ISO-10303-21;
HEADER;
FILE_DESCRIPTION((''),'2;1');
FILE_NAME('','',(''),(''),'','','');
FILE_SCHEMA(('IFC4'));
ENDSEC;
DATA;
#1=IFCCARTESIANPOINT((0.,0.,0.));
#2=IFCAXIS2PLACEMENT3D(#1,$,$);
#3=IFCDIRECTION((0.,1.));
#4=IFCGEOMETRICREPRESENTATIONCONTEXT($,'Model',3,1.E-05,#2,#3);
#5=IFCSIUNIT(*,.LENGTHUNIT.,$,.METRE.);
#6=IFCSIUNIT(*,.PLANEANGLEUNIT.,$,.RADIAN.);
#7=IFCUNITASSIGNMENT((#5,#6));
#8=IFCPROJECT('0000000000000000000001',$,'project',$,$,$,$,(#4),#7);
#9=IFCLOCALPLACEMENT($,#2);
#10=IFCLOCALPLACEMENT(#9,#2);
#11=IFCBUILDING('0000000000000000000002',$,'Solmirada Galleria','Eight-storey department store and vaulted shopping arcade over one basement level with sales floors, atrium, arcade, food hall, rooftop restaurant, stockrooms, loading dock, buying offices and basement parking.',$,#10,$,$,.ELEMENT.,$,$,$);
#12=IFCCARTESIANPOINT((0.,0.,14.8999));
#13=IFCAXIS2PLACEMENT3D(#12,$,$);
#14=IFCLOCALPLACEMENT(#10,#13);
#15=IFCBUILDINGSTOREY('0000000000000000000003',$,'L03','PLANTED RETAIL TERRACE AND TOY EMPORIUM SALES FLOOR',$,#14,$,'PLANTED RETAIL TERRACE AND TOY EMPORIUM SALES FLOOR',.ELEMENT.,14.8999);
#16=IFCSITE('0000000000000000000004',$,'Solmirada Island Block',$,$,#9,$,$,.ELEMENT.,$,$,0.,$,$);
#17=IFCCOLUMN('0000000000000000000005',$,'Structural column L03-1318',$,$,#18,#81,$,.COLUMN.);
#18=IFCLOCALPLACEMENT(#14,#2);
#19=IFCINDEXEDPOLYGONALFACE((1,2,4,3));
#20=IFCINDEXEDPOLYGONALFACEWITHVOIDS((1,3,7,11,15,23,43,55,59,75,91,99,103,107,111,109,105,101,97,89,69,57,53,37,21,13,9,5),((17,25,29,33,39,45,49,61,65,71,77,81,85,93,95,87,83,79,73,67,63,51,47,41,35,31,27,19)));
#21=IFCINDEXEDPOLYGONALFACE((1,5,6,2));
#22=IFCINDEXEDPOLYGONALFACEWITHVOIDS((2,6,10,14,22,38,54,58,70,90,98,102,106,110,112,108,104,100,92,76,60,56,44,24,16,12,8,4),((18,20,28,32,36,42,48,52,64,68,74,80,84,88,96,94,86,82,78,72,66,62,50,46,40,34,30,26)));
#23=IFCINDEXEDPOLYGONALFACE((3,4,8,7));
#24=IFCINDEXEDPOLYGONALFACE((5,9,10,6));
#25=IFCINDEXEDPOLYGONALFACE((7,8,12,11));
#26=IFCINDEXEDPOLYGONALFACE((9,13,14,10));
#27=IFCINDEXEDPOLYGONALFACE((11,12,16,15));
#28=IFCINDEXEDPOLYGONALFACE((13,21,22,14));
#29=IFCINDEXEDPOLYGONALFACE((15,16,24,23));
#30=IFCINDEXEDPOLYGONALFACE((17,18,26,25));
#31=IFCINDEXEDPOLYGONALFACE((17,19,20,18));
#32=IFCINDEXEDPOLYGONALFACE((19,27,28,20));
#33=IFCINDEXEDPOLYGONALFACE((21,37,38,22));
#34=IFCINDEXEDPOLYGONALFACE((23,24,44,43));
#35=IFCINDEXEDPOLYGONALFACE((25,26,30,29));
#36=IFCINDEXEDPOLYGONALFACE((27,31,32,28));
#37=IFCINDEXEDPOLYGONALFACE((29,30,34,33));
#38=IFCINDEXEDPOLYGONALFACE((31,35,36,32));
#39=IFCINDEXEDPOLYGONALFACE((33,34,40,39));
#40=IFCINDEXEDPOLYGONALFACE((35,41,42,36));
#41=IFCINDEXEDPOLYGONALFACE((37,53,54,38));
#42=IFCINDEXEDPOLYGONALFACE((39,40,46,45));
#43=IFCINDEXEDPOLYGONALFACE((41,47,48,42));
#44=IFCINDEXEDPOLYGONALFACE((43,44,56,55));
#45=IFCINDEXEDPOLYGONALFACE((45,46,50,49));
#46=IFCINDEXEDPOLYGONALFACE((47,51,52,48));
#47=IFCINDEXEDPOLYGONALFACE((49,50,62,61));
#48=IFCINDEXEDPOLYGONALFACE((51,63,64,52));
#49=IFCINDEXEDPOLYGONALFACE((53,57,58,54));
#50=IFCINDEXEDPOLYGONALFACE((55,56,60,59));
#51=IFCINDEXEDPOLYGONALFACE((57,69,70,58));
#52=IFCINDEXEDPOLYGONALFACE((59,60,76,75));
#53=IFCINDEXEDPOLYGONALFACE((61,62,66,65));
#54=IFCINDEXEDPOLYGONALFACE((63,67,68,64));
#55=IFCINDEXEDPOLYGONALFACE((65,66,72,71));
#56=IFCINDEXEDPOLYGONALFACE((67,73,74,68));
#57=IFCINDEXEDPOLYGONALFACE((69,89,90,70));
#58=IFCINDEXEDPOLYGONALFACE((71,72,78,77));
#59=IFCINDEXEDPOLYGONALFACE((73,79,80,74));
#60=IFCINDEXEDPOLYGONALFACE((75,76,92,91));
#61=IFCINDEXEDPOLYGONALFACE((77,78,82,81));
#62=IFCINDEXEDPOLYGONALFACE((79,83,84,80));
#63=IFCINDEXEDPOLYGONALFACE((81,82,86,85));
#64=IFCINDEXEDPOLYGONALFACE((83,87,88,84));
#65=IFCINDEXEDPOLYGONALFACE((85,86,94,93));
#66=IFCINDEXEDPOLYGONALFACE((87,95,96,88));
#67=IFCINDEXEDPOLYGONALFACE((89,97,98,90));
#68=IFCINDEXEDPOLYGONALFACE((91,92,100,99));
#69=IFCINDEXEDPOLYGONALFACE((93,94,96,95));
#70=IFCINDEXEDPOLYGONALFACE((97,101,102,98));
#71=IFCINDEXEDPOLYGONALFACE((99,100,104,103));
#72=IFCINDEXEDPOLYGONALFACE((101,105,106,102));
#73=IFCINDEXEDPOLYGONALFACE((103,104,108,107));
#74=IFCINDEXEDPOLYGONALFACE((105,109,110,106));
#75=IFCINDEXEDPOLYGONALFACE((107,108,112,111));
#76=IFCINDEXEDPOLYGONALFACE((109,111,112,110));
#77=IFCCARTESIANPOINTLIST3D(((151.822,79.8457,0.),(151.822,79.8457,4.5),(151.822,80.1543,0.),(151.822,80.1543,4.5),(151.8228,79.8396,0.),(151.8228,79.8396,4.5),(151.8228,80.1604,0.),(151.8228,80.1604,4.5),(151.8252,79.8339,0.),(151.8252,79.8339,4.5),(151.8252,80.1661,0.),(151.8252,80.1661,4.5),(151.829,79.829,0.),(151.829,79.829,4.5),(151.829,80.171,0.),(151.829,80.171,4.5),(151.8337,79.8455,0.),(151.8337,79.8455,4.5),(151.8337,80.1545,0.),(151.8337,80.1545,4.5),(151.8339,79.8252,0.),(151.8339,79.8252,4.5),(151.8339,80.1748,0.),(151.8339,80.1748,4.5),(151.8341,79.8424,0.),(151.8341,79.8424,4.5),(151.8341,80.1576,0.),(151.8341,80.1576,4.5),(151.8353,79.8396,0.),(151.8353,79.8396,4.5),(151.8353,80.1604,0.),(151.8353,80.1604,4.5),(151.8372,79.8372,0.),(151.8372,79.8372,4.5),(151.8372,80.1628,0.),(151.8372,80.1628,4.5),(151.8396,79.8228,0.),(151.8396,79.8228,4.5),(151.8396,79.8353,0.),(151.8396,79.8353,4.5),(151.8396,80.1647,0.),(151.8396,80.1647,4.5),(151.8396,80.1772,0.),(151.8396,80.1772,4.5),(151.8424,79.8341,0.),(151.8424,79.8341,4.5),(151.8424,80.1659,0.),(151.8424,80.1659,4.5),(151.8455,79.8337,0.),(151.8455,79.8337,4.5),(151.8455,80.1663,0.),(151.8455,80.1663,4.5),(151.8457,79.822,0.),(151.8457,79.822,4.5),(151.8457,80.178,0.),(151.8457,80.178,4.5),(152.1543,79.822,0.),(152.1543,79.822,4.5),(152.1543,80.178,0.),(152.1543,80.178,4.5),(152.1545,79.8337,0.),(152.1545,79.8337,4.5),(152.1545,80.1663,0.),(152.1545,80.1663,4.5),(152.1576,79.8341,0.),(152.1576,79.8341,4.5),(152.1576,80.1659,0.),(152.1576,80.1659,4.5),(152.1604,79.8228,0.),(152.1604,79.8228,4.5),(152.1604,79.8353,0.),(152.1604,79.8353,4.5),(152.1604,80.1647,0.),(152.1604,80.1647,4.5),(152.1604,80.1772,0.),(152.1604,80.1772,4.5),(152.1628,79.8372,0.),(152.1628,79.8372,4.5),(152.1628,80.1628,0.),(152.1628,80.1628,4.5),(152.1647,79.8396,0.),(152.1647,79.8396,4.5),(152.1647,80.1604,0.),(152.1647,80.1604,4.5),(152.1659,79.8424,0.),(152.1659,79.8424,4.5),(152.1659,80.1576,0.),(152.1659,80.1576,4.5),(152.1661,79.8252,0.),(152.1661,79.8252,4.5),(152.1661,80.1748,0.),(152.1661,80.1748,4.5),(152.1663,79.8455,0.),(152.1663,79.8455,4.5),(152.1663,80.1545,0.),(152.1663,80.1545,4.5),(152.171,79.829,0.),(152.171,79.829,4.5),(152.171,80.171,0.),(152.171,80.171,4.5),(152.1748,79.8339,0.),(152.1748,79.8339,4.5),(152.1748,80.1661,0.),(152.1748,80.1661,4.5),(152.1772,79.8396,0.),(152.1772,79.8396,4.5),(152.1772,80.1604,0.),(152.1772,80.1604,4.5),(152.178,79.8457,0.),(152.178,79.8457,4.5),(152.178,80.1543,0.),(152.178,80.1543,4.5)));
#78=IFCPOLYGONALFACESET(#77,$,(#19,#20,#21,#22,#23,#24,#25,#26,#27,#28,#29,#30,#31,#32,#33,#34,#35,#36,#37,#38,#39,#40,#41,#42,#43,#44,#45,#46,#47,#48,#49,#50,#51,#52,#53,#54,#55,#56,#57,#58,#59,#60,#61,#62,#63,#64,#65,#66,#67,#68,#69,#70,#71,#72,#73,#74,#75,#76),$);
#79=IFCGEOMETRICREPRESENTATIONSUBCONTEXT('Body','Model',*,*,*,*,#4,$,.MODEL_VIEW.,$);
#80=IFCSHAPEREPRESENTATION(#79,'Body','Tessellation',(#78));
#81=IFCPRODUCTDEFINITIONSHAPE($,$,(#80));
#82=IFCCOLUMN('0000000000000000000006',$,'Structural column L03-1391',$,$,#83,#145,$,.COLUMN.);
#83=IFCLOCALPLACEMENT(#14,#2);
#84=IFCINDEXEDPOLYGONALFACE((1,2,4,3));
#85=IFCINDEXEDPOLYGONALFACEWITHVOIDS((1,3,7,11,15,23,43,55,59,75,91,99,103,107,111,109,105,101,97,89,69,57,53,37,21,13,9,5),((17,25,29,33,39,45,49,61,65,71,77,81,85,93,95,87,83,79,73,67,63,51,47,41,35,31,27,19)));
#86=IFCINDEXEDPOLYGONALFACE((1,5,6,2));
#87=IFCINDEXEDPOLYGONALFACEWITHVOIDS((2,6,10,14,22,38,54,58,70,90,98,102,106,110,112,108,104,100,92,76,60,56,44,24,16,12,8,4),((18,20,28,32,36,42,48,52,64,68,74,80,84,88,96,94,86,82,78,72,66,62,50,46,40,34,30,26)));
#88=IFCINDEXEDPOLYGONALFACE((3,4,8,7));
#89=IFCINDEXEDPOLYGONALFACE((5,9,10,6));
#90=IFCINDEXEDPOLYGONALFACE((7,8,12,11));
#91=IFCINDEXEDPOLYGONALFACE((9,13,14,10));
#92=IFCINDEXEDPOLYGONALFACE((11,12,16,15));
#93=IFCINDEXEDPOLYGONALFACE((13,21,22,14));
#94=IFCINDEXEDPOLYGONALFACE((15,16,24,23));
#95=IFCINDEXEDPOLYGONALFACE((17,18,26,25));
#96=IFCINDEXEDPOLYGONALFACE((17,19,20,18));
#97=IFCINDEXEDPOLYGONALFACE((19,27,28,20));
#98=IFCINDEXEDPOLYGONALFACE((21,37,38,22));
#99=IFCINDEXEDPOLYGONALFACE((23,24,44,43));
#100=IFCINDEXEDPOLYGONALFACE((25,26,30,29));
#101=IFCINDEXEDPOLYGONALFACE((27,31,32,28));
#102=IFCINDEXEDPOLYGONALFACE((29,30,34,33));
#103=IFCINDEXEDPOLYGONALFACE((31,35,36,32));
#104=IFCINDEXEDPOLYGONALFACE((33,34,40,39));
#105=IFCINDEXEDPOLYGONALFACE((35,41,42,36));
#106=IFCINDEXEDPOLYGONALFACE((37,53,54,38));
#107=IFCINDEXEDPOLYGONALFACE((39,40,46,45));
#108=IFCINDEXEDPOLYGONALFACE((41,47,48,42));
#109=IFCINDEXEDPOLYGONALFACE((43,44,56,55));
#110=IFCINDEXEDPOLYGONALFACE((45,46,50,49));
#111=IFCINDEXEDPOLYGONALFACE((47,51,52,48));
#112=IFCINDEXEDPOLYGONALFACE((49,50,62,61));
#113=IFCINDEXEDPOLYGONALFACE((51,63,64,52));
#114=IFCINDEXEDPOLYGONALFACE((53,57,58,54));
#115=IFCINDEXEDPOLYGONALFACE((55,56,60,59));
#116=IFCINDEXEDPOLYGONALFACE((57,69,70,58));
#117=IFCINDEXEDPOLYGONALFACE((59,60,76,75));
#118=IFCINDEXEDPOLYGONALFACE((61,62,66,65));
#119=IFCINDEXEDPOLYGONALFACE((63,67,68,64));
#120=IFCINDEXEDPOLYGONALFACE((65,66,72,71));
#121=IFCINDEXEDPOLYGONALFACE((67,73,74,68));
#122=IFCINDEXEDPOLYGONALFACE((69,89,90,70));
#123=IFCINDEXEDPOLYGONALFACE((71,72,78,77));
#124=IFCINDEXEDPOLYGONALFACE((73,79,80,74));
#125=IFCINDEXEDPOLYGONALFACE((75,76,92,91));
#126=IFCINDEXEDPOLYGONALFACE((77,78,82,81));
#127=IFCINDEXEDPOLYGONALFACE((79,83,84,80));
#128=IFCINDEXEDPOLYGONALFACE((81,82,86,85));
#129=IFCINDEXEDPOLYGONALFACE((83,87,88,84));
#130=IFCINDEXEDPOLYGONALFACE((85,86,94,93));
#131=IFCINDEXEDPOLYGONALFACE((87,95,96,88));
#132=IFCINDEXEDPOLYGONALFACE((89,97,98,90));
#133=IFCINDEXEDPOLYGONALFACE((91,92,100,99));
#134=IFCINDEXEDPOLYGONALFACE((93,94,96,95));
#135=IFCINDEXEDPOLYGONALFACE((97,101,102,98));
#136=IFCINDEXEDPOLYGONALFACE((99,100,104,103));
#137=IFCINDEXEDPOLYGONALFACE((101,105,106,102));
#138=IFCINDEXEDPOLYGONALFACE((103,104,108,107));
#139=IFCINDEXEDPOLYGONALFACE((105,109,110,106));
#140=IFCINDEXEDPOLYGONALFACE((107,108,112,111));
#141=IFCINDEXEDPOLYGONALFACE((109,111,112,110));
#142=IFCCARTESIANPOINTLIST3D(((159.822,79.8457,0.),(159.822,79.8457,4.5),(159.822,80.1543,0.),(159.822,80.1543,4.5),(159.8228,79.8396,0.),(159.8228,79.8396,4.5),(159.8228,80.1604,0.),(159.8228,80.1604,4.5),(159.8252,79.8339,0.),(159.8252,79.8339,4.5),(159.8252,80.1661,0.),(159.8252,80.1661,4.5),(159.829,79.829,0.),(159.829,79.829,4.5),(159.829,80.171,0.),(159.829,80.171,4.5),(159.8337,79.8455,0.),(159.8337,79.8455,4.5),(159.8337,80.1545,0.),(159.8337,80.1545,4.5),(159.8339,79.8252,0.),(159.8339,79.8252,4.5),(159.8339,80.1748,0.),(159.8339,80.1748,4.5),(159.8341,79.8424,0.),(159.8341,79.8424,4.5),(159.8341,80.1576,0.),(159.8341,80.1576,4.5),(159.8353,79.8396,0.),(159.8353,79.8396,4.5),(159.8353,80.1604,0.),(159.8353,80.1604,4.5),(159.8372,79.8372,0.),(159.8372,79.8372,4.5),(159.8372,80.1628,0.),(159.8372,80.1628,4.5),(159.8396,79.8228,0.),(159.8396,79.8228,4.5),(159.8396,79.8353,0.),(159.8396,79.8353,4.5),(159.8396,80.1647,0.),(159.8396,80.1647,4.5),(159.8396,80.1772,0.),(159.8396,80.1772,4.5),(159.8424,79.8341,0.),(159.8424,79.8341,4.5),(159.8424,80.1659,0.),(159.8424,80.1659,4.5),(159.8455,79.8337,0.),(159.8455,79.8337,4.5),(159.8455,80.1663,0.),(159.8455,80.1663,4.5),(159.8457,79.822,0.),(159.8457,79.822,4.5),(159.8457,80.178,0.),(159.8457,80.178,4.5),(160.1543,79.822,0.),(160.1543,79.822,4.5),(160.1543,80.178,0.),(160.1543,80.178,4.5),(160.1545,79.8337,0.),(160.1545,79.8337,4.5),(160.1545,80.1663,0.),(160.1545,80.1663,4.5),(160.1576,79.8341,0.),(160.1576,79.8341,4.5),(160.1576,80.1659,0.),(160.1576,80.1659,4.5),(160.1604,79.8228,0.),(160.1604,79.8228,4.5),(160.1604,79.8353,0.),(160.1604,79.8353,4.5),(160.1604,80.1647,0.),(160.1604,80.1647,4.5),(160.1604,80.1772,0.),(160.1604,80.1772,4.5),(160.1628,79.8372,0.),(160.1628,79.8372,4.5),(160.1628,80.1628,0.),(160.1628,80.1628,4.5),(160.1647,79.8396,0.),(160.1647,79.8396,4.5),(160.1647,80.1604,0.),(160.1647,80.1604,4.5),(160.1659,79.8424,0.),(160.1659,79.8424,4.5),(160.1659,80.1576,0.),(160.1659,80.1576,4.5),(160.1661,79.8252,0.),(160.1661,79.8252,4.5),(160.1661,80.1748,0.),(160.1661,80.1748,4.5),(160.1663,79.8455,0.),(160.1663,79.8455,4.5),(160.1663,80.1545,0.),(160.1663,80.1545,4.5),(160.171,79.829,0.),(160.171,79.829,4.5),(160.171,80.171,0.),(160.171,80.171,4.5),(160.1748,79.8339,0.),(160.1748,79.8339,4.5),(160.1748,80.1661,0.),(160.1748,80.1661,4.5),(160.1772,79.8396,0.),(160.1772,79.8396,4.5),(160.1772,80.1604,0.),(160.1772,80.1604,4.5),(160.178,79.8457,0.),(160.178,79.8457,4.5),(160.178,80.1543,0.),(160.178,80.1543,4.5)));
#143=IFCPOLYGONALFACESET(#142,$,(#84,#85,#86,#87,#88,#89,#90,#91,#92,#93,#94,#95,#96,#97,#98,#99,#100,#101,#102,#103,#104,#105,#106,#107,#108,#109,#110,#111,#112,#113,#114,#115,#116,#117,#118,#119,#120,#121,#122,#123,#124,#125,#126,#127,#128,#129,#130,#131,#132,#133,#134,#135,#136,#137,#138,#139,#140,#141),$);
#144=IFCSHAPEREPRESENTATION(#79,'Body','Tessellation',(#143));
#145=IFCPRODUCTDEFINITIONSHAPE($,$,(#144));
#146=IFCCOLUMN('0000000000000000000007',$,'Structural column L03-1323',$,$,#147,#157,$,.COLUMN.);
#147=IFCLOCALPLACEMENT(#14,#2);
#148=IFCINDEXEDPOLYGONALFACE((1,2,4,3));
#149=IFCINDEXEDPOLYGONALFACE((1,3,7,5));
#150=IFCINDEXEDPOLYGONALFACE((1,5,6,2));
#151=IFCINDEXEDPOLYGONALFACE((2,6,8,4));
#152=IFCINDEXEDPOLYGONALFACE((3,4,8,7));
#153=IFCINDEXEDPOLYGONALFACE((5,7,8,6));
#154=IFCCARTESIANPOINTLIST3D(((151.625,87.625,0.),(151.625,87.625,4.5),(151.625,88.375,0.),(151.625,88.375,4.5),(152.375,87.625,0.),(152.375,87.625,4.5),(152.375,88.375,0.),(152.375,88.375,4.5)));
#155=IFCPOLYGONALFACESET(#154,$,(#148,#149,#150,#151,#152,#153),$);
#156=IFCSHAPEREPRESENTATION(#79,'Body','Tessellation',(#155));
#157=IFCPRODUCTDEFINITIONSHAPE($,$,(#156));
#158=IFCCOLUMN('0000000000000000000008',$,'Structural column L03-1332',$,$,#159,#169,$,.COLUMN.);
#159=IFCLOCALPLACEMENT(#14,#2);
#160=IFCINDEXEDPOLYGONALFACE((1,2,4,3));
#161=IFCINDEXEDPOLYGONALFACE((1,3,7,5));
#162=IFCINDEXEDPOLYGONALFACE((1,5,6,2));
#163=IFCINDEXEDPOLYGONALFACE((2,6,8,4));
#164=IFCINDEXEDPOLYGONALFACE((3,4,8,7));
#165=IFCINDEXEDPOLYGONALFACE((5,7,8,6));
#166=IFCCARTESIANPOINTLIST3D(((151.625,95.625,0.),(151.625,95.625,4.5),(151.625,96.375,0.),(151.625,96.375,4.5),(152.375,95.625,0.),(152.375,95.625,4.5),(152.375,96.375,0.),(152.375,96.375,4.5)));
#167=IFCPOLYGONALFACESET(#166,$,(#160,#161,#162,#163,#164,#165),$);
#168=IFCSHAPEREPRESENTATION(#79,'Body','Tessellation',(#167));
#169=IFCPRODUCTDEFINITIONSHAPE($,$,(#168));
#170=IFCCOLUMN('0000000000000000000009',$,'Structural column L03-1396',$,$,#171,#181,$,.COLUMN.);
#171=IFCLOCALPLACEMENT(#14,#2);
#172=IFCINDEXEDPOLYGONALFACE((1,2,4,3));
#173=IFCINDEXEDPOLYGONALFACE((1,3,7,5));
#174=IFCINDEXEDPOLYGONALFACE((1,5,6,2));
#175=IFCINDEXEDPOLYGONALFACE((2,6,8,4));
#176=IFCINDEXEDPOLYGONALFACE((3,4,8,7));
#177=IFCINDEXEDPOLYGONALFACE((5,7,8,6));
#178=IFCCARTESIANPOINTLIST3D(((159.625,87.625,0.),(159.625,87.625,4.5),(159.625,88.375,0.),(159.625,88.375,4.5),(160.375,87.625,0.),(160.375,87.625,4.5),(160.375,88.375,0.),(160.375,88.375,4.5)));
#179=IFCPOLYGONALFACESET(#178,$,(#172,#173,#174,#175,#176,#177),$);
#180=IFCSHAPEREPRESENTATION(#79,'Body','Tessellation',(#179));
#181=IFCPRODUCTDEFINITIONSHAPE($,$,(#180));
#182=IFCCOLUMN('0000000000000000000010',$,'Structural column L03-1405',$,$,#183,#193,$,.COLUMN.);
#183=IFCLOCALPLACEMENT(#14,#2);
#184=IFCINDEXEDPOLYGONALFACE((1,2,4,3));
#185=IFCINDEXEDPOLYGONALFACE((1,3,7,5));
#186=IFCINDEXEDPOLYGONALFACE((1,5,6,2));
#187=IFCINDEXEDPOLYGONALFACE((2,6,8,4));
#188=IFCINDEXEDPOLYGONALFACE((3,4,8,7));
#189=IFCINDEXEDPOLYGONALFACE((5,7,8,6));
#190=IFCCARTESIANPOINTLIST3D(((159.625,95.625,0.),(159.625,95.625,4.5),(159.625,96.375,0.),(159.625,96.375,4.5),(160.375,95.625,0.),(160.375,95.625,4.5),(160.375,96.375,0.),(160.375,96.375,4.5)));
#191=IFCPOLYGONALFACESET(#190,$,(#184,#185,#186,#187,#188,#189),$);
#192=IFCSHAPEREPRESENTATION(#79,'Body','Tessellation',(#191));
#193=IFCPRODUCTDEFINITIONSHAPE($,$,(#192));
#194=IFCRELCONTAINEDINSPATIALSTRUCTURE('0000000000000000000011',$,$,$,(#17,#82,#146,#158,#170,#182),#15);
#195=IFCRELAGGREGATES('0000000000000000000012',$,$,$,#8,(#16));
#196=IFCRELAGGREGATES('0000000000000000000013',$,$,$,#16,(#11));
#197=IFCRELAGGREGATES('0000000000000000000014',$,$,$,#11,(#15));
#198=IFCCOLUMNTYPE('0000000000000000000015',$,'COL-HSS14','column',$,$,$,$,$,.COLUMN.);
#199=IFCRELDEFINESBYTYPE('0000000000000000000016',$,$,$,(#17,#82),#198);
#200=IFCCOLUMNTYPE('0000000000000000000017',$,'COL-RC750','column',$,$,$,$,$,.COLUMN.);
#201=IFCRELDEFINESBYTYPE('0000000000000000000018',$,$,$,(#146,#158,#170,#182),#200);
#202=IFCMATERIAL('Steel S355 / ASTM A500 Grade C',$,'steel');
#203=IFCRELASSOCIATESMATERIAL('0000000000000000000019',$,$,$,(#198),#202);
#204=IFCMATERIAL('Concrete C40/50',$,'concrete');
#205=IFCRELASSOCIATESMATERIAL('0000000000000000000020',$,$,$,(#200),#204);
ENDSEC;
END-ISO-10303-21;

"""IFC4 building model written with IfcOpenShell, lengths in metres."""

from ifc_helpers import new_model, si_unit, direction, frame, origin, origin_2d, place, context, subcontext, project, spatial, rectangle, hollow_rectangle, extrude, material, material_profile, profile_set, type_object, element, save


model = new_model("IFC4")

# Units and contexts
model_context = context("Model", 3, precision=1e-05, world=origin(), true_north=direction((0.0, 1.0)))
body_context = subcontext(model_context, "Body", "Model", "MODEL_VIEW")
ifc_project = project(units=[si_unit("LENGTHUNIT", "METRE"), si_unit("PLANEANGLEUNIT", "RADIAN")], contexts=[model_context])

# Site, building, storey
site_placement = place(None, origin())
site = spatial("IfcSite", under=ifc_project, at=site_placement, Name="Solmirada Island Block", CompositionType="ELEMENT", RefElevation=0.0)
building_placement = place(site_placement, origin())
building = spatial("IfcBuilding", under=site, at=building_placement, Name="Solmirada Galleria", Description="Eight-storey department store and vaulted shopping arcade over one basement level with sales floors, atrium, arcade, food hall, rooftop restaurant, stockrooms, loading dock, buying offices and basement parking.", CompositionType="ELEMENT")
storey_placement = place(building_placement, frame((0.0, 0.0, 14.8999)))
storey = spatial("IfcBuildingStorey", under=building, at=storey_placement, Name="L03", Description="PLANTED RETAIL TERRACE AND TOY EMPORIUM SALES FLOOR", LongName="PLANTED RETAIL TERRACE AND TOY EMPORIUM SALES FLOOR", CompositionType="ELEMENT", Elevation=14.8999)

# Columns
ifc_material_1 = material(Name="Steel S355 / ASTM A500 Grade C", Category="steel")
ifc_material_profile_1 = material_profile(ifc_material_1, hollow_rectangle(XDim=0.356, YDim=0.356, WallThickness=0.0117, InnerFilletRadius=0.0117, OuterFilletRadius=0.0237, at=origin_2d()), Name="HSS14X14X1/2")
ifc_profile_set_1 = profile_set([ifc_material_profile_1], Name="Steel S355 / ASTM A500 Grade C")
column_type_1 = type_object("IfcColumnType", Name="COL-HSS14", Description="column", PredefinedType="COLUMN", material=ifc_profile_set_1)
for number, where, z_axis, x_axis, name in (
    (1, (152.0, 80.0, 0.0), (0.0, 0.0, 1.0), (1.0, 0.0, 0.0), "Structural column L03-1318"),
    (2, (160.0, 80.0, 0.0), (0.0, 0.0, 1.0), (1.0, 0.0, 0.0), "Structural column L03-1391"),
):
    element("IfcColumn", number, at=place(storey_placement, frame(where, z_axis=z_axis, x_axis=x_axis)), inside=storey, type_object=column_type_1, Name=name, PredefinedType="COLUMN", context=body_context, shape_type="SweptSolid", body=[
        extrude(hollow_rectangle(XDim=0.356, YDim=0.356, WallThickness=0.0117, InnerFilletRadius=0.0117, OuterFilletRadius=0.0237, at=origin_2d()), origin(), (0.0, 0.0, 1.0), 4.5),
    ])
ifc_material_2 = material(Name="Concrete C40/50", Category="concrete")
ifc_material_profile_2 = material_profile(ifc_material_2, rectangle(XDim=0.75, YDim=0.75, at=origin_2d()), Name="RC750X750")
ifc_profile_set_2 = profile_set([ifc_material_profile_2], Name="Concrete C40/50")
column_type_2 = type_object("IfcColumnType", Name="COL-RC750", Description="column", PredefinedType="COLUMN", material=ifc_profile_set_2)
for number, where, z_axis, x_axis, name in (
    (3, (152.0, 88.0, 0.0), (0.0, 0.0, 1.0), (1.0, 0.0, 0.0), "Structural column L03-1323"),
    (4, (152.0, 96.0, 0.0), (0.0, 0.0, 1.0), (1.0, 0.0, 0.0), "Structural column L03-1332"),
    (5, (160.0, 88.0, 0.0), (0.0, 0.0, 1.0), (1.0, 0.0, 0.0), "Structural column L03-1396"),
    (6, (160.0, 96.0, 0.0), (0.0, 0.0, 1.0), (1.0, 0.0, 0.0), "Structural column L03-1405"),
):
    element("IfcColumn", number, at=place(storey_placement, frame(where, z_axis=z_axis, x_axis=x_axis)), inside=storey, type_object=column_type_2, Name=name, PredefinedType="COLUMN", context=body_context, shape_type="SweptSolid", body=[
        extrude(rectangle(XDim=0.75, YDim=0.75, at=origin_2d()), origin(), (0.0, 0.0, 1.0), 4.5),
    ])

save(model, "model.ifc")
